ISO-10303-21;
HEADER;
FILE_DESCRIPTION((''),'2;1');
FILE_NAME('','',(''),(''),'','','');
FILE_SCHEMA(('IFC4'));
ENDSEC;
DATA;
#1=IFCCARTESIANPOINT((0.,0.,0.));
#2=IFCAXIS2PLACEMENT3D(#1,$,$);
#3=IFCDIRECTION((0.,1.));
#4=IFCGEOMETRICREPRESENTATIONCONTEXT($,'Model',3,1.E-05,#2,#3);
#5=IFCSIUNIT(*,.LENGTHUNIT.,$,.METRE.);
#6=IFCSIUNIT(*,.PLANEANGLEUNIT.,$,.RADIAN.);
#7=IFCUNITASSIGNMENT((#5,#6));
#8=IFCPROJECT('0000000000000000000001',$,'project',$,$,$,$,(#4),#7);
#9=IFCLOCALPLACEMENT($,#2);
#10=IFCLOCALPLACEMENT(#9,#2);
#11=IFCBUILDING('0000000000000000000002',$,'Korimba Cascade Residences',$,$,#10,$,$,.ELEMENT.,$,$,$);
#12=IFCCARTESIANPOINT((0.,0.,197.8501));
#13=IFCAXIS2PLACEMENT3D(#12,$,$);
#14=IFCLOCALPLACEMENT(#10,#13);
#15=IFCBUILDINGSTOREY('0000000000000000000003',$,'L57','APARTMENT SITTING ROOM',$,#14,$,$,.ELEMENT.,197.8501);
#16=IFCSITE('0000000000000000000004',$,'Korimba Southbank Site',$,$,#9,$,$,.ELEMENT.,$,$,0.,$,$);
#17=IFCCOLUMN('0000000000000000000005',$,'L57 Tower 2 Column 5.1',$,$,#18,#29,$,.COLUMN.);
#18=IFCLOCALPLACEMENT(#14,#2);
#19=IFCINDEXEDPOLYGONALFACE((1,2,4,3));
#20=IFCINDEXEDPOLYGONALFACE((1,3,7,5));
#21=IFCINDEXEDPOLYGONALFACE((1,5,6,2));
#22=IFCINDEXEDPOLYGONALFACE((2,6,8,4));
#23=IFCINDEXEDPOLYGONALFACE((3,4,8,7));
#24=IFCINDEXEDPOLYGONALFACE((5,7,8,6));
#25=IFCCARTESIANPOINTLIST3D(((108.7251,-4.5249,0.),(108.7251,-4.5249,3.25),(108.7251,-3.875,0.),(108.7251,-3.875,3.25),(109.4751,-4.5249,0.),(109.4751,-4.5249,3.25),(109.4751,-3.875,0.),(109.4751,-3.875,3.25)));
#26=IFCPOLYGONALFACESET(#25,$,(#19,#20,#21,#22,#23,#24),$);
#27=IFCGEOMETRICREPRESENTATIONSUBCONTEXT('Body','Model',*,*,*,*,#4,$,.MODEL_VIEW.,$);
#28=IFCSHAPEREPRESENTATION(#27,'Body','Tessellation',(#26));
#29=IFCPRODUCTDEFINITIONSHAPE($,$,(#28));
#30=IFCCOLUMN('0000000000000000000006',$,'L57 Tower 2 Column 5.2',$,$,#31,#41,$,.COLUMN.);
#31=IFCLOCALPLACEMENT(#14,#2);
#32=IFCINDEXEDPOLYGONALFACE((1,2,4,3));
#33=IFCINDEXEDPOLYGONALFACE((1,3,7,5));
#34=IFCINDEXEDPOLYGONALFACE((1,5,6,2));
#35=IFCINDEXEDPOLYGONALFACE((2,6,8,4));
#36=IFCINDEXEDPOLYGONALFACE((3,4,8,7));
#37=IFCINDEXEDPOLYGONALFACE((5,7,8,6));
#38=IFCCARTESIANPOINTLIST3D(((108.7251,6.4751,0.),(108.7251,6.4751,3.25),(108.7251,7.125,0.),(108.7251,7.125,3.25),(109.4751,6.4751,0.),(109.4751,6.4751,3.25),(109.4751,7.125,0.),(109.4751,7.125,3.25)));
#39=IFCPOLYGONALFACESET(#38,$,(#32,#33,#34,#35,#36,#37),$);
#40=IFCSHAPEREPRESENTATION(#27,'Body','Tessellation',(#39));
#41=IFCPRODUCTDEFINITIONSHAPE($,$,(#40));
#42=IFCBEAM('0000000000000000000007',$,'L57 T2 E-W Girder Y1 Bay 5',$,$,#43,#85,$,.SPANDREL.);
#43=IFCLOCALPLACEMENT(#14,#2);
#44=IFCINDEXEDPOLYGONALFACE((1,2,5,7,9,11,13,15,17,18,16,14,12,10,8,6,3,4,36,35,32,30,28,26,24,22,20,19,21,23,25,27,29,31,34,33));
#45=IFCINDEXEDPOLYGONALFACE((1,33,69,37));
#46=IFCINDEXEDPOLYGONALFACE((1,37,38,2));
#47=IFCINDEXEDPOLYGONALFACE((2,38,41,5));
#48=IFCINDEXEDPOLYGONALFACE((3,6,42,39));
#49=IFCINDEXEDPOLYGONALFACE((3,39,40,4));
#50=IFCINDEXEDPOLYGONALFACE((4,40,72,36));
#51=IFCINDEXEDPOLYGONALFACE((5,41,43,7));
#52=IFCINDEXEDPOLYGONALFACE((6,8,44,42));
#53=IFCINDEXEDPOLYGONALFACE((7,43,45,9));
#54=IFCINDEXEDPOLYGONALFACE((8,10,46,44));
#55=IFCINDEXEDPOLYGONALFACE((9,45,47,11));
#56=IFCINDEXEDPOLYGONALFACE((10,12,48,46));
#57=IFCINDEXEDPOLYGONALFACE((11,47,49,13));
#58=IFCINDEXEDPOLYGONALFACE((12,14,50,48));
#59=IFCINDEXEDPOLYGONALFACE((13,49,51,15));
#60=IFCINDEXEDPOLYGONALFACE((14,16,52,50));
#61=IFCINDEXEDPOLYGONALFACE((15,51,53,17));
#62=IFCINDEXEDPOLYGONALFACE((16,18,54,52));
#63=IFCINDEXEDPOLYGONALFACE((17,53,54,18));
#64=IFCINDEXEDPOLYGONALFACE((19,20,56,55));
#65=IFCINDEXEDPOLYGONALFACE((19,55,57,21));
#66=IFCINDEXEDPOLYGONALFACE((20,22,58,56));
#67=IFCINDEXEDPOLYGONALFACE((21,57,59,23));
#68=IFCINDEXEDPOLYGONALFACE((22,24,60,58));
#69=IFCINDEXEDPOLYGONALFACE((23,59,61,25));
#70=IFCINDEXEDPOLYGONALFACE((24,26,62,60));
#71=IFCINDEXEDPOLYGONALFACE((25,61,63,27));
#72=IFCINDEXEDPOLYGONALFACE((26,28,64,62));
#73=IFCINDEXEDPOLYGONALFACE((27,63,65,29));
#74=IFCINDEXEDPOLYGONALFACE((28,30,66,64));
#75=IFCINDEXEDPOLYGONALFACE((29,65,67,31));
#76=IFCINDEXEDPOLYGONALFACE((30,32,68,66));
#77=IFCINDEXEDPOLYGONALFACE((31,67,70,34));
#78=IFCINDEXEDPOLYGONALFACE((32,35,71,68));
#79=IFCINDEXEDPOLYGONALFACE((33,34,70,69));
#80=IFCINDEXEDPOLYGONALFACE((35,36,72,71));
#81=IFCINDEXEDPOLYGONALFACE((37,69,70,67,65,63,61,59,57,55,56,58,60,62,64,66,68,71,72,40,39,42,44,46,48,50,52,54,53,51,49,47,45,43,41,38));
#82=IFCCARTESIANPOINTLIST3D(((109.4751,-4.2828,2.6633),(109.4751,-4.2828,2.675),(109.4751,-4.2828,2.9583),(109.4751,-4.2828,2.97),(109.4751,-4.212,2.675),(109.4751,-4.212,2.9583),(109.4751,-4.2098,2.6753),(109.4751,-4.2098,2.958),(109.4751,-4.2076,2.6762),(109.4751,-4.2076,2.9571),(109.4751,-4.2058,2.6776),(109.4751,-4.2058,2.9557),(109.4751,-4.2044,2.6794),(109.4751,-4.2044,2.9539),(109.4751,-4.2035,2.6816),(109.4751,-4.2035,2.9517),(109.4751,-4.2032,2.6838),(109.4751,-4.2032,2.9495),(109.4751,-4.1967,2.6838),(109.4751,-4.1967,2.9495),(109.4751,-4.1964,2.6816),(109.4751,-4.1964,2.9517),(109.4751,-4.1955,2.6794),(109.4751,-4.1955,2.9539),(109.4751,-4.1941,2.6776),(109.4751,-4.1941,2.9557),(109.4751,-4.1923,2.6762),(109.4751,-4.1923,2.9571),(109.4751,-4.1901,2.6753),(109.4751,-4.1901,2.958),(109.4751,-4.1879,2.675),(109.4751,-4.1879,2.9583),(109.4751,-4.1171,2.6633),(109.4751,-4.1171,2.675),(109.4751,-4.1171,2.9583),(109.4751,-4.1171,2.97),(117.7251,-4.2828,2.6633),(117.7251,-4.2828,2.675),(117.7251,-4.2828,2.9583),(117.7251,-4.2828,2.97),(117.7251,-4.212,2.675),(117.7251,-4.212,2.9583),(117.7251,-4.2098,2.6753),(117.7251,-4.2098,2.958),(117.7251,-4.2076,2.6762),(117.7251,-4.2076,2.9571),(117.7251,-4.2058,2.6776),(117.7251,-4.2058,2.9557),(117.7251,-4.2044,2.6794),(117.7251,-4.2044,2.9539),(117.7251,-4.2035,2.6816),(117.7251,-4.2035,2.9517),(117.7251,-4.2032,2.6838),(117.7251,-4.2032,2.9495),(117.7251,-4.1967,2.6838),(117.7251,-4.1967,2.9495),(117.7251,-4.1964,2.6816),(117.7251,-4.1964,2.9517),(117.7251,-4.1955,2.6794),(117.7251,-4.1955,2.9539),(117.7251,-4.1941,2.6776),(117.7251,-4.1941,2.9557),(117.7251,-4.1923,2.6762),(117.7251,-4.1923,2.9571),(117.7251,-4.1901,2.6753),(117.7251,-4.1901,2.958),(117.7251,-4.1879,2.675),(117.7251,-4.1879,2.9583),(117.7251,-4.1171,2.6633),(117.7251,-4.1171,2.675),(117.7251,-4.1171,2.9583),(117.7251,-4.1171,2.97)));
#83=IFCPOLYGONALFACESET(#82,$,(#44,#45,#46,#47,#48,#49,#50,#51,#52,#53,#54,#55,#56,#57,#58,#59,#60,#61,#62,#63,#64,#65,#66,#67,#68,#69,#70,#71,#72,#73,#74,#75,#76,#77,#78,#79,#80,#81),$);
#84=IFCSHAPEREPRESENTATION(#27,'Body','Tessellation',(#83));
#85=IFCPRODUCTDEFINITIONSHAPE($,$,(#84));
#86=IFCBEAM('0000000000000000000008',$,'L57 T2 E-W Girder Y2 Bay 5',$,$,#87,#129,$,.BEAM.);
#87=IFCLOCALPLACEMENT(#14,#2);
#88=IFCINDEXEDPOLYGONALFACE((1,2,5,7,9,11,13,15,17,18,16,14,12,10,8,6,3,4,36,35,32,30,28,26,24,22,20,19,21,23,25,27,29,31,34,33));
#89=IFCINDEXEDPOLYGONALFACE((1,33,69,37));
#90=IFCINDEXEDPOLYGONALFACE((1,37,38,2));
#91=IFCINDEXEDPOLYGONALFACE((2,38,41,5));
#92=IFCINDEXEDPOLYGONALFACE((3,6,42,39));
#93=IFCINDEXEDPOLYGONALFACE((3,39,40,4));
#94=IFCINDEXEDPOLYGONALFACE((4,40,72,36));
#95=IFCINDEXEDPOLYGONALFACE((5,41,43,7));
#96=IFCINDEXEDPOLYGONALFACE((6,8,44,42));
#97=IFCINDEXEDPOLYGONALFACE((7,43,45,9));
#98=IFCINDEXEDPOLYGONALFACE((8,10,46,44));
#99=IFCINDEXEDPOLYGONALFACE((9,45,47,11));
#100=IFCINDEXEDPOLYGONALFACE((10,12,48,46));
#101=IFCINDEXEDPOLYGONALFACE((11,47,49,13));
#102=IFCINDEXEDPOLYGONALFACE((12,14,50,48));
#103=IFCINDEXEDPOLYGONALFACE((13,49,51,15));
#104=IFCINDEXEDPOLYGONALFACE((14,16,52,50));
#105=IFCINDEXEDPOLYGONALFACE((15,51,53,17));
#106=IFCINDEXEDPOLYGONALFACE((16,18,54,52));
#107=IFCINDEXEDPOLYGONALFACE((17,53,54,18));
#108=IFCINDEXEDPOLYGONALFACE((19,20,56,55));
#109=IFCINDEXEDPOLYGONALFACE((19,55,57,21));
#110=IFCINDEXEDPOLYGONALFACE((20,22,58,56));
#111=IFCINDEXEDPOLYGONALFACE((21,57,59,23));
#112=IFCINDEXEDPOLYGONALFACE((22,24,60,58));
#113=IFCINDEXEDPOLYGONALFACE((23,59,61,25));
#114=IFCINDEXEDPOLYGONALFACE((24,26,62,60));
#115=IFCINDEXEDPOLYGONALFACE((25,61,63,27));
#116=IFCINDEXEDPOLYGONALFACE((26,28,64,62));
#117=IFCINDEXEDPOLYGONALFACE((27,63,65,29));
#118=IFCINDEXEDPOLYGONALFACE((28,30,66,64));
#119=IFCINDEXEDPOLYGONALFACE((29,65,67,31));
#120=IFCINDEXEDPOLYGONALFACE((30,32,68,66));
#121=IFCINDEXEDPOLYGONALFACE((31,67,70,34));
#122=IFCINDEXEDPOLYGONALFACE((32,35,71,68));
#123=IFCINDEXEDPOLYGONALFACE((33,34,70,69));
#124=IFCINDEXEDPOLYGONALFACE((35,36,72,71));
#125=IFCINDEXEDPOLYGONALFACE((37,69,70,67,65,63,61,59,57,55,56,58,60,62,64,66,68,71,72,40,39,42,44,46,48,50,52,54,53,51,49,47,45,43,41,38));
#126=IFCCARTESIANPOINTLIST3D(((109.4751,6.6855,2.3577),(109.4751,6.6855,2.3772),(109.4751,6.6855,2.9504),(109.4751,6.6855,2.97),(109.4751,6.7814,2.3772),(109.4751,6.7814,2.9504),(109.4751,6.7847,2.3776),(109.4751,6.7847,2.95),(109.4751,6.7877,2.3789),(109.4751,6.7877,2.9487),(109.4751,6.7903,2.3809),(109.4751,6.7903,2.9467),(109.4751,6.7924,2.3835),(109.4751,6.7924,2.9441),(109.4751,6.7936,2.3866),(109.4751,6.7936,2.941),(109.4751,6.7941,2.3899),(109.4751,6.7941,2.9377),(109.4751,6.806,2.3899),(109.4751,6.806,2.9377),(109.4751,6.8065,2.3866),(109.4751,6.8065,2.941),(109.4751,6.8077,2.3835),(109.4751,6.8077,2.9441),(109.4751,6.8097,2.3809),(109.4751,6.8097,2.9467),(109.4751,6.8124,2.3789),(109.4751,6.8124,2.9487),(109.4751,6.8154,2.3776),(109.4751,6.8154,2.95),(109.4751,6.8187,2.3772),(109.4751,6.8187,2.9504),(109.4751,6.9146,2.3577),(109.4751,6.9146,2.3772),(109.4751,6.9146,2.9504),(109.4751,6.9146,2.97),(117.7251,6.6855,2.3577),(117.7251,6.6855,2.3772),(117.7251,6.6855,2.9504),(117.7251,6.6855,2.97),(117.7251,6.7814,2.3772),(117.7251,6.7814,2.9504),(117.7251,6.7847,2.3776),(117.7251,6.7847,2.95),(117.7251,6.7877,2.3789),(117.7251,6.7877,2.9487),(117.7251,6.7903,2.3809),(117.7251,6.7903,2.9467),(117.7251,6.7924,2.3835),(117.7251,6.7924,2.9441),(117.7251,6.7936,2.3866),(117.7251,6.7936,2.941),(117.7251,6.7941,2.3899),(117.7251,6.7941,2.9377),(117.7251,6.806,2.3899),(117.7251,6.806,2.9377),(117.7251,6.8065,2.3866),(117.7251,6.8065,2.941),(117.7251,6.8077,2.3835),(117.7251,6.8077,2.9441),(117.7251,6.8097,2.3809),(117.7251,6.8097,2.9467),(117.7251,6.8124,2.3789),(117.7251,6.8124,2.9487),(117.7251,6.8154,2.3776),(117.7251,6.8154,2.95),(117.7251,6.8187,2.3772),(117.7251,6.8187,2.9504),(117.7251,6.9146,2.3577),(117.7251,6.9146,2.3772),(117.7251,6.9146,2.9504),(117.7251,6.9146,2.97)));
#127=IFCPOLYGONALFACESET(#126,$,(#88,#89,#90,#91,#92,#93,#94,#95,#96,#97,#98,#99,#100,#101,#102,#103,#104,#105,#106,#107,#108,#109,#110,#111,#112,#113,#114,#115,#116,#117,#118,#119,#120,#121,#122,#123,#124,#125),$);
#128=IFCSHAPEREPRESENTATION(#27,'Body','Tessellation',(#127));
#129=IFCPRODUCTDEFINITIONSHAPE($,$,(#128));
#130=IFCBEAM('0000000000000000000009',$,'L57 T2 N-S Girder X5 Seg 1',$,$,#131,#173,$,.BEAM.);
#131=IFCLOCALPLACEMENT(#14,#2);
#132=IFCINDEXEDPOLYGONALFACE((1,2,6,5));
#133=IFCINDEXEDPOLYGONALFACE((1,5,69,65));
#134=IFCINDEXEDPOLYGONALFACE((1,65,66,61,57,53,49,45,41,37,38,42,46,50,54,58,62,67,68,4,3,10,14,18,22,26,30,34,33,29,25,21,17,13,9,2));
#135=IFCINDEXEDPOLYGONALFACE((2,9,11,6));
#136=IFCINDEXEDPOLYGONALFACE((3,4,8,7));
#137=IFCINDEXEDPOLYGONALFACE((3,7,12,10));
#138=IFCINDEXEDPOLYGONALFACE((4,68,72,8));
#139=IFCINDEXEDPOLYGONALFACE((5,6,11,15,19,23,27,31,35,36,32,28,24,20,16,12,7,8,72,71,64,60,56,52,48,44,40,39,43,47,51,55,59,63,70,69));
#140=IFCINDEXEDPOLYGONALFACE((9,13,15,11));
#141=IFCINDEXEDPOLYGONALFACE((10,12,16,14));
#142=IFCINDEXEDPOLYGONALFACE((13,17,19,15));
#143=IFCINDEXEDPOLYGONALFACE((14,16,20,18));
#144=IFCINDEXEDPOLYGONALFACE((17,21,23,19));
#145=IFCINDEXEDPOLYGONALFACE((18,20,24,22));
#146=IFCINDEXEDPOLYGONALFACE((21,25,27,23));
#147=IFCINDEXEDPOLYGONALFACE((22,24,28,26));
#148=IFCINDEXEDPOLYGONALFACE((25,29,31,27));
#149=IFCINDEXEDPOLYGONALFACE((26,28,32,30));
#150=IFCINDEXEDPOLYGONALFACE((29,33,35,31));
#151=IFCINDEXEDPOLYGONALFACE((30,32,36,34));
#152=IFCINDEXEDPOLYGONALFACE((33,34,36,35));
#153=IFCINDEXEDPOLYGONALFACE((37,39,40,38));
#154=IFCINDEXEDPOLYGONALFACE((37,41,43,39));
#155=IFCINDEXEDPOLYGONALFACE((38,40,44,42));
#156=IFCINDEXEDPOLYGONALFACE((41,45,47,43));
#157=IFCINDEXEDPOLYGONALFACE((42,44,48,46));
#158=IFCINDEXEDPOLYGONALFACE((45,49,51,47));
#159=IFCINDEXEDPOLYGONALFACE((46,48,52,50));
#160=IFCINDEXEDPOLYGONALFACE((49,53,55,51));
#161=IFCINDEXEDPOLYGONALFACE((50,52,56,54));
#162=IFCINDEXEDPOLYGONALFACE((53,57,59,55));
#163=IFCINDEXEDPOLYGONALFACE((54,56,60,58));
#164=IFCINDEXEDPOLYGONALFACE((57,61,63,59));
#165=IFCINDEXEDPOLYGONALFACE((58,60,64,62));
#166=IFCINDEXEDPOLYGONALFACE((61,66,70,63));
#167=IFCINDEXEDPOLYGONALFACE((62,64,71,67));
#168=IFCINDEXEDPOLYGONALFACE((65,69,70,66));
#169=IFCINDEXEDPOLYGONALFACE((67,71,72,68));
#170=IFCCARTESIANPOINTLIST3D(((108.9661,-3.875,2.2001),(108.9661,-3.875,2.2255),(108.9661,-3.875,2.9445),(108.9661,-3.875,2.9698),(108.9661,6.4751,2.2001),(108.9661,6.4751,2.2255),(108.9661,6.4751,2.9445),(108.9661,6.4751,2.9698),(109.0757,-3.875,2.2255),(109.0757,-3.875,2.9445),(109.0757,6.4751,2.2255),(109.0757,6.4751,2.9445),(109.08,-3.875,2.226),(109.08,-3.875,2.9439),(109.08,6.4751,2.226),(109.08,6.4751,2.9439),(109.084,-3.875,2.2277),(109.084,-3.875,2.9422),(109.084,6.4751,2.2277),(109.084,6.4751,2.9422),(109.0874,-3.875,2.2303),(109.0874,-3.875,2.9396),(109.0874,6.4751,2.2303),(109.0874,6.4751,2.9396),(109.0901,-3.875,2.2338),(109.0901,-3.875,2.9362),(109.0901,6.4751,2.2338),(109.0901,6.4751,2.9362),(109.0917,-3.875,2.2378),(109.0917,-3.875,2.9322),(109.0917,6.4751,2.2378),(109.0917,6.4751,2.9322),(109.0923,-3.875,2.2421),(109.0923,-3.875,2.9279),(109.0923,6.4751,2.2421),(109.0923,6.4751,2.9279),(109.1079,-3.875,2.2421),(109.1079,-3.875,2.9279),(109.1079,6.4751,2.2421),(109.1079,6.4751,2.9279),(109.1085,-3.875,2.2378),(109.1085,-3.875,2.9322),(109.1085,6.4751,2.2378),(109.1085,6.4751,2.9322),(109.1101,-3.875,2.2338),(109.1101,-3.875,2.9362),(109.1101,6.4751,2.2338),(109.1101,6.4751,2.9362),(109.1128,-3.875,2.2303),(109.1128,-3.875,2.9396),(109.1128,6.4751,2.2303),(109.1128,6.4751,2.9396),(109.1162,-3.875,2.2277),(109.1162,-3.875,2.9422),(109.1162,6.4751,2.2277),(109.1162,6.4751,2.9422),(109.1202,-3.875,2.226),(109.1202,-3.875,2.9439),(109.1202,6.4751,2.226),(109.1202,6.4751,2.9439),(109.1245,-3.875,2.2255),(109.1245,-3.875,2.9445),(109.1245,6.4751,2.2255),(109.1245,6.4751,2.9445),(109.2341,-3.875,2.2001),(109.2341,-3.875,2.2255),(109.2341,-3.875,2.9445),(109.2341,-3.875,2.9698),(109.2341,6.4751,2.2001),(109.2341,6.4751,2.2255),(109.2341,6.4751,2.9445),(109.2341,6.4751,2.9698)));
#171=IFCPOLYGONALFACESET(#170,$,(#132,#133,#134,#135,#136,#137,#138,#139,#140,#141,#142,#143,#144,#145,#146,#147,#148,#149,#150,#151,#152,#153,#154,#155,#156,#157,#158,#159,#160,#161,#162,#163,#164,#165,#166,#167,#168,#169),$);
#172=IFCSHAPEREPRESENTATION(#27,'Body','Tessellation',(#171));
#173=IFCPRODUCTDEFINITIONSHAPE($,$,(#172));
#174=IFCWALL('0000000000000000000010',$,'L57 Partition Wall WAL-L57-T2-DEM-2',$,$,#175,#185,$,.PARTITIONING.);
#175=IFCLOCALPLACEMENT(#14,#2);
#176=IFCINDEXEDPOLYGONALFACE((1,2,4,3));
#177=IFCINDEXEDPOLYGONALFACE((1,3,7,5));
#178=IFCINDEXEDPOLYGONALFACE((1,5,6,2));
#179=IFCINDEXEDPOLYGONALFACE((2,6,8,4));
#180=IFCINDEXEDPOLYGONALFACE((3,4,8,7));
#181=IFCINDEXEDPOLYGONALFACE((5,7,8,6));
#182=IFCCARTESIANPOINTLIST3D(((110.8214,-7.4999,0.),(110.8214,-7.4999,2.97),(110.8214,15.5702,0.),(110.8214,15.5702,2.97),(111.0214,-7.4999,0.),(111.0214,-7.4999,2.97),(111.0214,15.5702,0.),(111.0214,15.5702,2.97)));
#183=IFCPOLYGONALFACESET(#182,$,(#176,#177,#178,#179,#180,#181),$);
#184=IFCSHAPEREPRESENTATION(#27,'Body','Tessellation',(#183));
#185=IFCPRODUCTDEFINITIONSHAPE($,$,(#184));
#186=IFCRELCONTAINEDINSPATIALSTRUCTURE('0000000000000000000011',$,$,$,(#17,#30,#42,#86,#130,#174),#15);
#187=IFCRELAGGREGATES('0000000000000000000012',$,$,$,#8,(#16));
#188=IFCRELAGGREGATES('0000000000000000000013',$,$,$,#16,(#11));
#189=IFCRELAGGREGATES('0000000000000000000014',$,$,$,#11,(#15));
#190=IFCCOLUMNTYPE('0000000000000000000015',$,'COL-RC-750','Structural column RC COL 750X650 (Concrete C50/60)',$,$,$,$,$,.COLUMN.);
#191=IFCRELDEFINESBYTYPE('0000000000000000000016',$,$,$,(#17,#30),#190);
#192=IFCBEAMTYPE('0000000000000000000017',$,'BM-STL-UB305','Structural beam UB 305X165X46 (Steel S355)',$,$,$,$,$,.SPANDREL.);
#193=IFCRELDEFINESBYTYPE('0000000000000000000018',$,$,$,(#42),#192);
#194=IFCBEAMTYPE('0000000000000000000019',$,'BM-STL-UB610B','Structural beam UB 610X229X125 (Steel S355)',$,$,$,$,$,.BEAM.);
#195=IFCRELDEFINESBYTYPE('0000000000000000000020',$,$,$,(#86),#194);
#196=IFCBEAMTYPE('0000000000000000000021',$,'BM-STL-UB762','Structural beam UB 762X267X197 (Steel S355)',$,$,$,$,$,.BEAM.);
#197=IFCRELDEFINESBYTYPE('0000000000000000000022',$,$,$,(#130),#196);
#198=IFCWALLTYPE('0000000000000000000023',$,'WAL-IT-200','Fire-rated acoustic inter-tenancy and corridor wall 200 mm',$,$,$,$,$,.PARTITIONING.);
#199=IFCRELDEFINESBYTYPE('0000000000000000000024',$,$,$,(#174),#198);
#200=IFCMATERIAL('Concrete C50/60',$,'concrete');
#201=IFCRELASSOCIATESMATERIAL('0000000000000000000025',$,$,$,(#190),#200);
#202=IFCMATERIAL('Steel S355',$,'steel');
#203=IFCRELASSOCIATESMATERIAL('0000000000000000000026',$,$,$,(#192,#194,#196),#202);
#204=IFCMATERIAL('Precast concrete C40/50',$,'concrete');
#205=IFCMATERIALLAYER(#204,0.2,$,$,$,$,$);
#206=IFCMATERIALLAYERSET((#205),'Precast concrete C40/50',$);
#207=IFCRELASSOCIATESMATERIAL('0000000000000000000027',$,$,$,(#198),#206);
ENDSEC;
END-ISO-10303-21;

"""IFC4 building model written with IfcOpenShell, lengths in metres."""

from ifc_helpers import new_model, si_unit, direction, frame, frame_2d, origin, origin_2d, place, context, subcontext, project, spatial, rectangle, i_section, extrude, material, layer, layer_set, material_profile, profile_set, type_object, element, save


model = new_model("IFC4")

# Units and contexts
model_context = context("Model", 3, precision=1e-05, world=origin(), true_north=direction((0.0, 1.0)))
body_context = subcontext(model_context, "Body", "Model", "MODEL_VIEW")
ifc_project = project(units=[si_unit("LENGTHUNIT", "METRE"), si_unit("PLANEANGLEUNIT", "RADIAN")], contexts=[model_context])

# Site, building, storey
site_placement = place(None, origin())
site = spatial("IfcSite", under=ifc_project, at=site_placement, Name="Korimba Southbank Site", CompositionType="ELEMENT", RefElevation=0.0)
building_placement = place(site_placement, origin())
building = spatial("IfcBuilding", under=site, at=building_placement, Name="Korimba Cascade Residences", CompositionType="ELEMENT")
storey_placement = place(building_placement, frame((0.0, 0.0, 197.8501)))
storey = spatial("IfcBuildingStorey", under=building, at=storey_placement, Name="L57", Description="APARTMENT SITTING ROOM", CompositionType="ELEMENT", Elevation=197.8501)

# Columns
ifc_material_1 = material(Name="Concrete C50/60", Category="concrete")
ifc_material_profile_1 = material_profile(ifc_material_1, rectangle(XDim=0.75, YDim=0.6499, at=origin_2d()), Name="Concrete C50/60")
ifc_profile_set_1 = profile_set([ifc_material_profile_1], Name="Concrete C50/60")
column_type = type_object("IfcColumnType", Name="COL-RC-750", Description="Structural column RC COL 750X650 (Concrete C50/60)", PredefinedType="COLUMN", material=ifc_profile_set_1)
for number, where, z_axis, x_axis, name in (
    (1, (109.1001, -4.2, 0.0), (0.0, 0.0, 1.0), (1.0, 0.0, 0.0), "L57 Tower 2 Column 5.1"),
    (2, (109.1001, 6.8, 0.0), (0.0, 0.0, 1.0), (1.0, 0.0, 0.0), "L57 Tower 2 Column 5.2"),
):
    element("IfcColumn", number, at=place(storey_placement, frame(where, z_axis=z_axis, x_axis=x_axis)), inside=storey, type_object=column_type, Name=name, PredefinedType="COLUMN", context=body_context, shape_type="SweptSolid", body=[
        extrude(rectangle(XDim=0.75, YDim=0.6499, at=origin_2d()), origin(), (0.0, 0.0, 1.0), 3.25),
    ])

# Beams
ifc_material_2 = material(Name="Steel S355", Category="steel")
ifc_material_profile_2 = material_profile(ifc_material_2, i_section(OverallWidth=0.1658, OverallDepth=0.3066, WebThickness=0.0066, FlangeThickness=0.0117, FilletRadius=0.0088, at=origin_2d()), Name="Steel S355")
ifc_profile_set_2 = profile_set([ifc_material_profile_2], Name="Steel S355")
beam_type_1 = type_object("IfcBeamType", Name="BM-STL-UB305", Description="Structural beam UB 305X165X46 (Steel S355)", PredefinedType="SPANDREL", material=ifc_profile_set_2)
beam_1_placement = place(storey_placement, frame((109.4751, -4.2, 2.8167), z_axis=(1.0, 0.0, 0.0), x_axis=(0.0, 1.0, 0.0)))
element("IfcBeam", 3, at=beam_1_placement, inside=storey, type_object=beam_type_1, Name="L57 T2 E-W Girder Y1 Bay 5", PredefinedType="SPANDREL", context=body_context, shape_type="SweptSolid", body=[
    extrude(i_section(OverallWidth=0.1658, OverallDepth=0.3066, WebThickness=0.0066, FlangeThickness=0.0117, FilletRadius=0.0088, at=origin_2d()), origin(), (0.0, 0.0, 1.0), 8.25),
])
ifc_material_profile_3 = material_profile(ifc_material_2, i_section(OverallWidth=0.229, OverallDepth=0.6123, WebThickness=0.012, FlangeThickness=0.0195, FilletRadius=0.0127, at=origin_2d()), Name="Steel S355")
ifc_profile_set_3 = profile_set([ifc_material_profile_3], Name="Steel S355")
beam_type_2 = type_object("IfcBeamType", Name="BM-STL-UB610B", Description="Structural beam UB 610X229X125 (Steel S355)", PredefinedType="BEAM", material=ifc_profile_set_3)
beam_2_placement = place(storey_placement, frame((109.4751, 6.8, 2.6638), z_axis=(1.0, 0.0, 0.0), x_axis=(0.0, 1.0, 0.0)))
element("IfcBeam", 4, at=beam_2_placement, inside=storey, type_object=beam_type_2, Name="L57 T2 E-W Girder Y2 Bay 5", PredefinedType="BEAM", context=body_context, shape_type="SweptSolid", body=[
    extrude(i_section(OverallWidth=0.229, OverallDepth=0.6123, WebThickness=0.012, FlangeThickness=0.0195, FilletRadius=0.0127, at=origin_2d()), origin(), (0.0, 0.0, 1.0), 8.25),
])
ifc_material_profile_4 = material_profile(ifc_material_2, i_section(OverallWidth=0.2681, OverallDepth=0.7698, WebThickness=0.0156, FlangeThickness=0.0254, FilletRadius=0.0166, at=origin_2d()), Name="Steel S355")
ifc_profile_set_4 = profile_set([ifc_material_profile_4], Name="Steel S355")
beam_type_3 = type_object("IfcBeamType", Name="BM-STL-UB762", Description="Structural beam UB 762X267X197 (Steel S355)", PredefinedType="BEAM", material=ifc_profile_set_4)
beam_3_placement = place(storey_placement, frame((109.1001, -3.875, 2.585), z_axis=(0.0, 1.0, 0.0), x_axis=(-1.0, 0.0, 0.0)))
element("IfcBeam", 5, at=beam_3_placement, inside=storey, type_object=beam_type_3, Name="L57 T2 N-S Girder X5 Seg 1", PredefinedType="BEAM", context=body_context, shape_type="SweptSolid", body=[
    extrude(i_section(OverallWidth=0.2681, OverallDepth=0.7698, WebThickness=0.0156, FlangeThickness=0.0254, FilletRadius=0.0166, at=origin_2d()), origin(), (0.0, 0.0, 1.0), 10.3501),
])

# Wall
ifc_material_3 = material(Name="Precast concrete C40/50", Category="concrete")
ifc_layer_1 = layer(ifc_material_3, 0.2)
ifc_layer_set_1 = layer_set([ifc_layer_1], Name="Precast concrete C40/50")
wall_type_1 = type_object("IfcWallType", Name="WAL-IT-200", Description="Fire-rated acoustic inter-tenancy and corridor wall 200 mm", PredefinedType="PARTITIONING", material=ifc_layer_set_1)
wall_1_placement = place(storey_placement, frame((110.9214, -7.5, 0.0), z_axis=(0.0, 0.0, 1.0), x_axis=(0.0, 1.0, 0.0)))
element("IfcWall", 6, at=wall_1_placement, inside=storey, type_object=wall_type_1, Name="L57 Partition Wall WAL-L57-T2-DEM-2", PredefinedType="PARTITIONING", context=body_context, shape_type="SweptSolid", body=[
    extrude(rectangle(XDim=23.0701, YDim=0.2, at=frame_2d((11.5352, 0.0))), origin(), (0.0, 0.0, 1.0), 2.97),
])

save(model, "model.ifc")
